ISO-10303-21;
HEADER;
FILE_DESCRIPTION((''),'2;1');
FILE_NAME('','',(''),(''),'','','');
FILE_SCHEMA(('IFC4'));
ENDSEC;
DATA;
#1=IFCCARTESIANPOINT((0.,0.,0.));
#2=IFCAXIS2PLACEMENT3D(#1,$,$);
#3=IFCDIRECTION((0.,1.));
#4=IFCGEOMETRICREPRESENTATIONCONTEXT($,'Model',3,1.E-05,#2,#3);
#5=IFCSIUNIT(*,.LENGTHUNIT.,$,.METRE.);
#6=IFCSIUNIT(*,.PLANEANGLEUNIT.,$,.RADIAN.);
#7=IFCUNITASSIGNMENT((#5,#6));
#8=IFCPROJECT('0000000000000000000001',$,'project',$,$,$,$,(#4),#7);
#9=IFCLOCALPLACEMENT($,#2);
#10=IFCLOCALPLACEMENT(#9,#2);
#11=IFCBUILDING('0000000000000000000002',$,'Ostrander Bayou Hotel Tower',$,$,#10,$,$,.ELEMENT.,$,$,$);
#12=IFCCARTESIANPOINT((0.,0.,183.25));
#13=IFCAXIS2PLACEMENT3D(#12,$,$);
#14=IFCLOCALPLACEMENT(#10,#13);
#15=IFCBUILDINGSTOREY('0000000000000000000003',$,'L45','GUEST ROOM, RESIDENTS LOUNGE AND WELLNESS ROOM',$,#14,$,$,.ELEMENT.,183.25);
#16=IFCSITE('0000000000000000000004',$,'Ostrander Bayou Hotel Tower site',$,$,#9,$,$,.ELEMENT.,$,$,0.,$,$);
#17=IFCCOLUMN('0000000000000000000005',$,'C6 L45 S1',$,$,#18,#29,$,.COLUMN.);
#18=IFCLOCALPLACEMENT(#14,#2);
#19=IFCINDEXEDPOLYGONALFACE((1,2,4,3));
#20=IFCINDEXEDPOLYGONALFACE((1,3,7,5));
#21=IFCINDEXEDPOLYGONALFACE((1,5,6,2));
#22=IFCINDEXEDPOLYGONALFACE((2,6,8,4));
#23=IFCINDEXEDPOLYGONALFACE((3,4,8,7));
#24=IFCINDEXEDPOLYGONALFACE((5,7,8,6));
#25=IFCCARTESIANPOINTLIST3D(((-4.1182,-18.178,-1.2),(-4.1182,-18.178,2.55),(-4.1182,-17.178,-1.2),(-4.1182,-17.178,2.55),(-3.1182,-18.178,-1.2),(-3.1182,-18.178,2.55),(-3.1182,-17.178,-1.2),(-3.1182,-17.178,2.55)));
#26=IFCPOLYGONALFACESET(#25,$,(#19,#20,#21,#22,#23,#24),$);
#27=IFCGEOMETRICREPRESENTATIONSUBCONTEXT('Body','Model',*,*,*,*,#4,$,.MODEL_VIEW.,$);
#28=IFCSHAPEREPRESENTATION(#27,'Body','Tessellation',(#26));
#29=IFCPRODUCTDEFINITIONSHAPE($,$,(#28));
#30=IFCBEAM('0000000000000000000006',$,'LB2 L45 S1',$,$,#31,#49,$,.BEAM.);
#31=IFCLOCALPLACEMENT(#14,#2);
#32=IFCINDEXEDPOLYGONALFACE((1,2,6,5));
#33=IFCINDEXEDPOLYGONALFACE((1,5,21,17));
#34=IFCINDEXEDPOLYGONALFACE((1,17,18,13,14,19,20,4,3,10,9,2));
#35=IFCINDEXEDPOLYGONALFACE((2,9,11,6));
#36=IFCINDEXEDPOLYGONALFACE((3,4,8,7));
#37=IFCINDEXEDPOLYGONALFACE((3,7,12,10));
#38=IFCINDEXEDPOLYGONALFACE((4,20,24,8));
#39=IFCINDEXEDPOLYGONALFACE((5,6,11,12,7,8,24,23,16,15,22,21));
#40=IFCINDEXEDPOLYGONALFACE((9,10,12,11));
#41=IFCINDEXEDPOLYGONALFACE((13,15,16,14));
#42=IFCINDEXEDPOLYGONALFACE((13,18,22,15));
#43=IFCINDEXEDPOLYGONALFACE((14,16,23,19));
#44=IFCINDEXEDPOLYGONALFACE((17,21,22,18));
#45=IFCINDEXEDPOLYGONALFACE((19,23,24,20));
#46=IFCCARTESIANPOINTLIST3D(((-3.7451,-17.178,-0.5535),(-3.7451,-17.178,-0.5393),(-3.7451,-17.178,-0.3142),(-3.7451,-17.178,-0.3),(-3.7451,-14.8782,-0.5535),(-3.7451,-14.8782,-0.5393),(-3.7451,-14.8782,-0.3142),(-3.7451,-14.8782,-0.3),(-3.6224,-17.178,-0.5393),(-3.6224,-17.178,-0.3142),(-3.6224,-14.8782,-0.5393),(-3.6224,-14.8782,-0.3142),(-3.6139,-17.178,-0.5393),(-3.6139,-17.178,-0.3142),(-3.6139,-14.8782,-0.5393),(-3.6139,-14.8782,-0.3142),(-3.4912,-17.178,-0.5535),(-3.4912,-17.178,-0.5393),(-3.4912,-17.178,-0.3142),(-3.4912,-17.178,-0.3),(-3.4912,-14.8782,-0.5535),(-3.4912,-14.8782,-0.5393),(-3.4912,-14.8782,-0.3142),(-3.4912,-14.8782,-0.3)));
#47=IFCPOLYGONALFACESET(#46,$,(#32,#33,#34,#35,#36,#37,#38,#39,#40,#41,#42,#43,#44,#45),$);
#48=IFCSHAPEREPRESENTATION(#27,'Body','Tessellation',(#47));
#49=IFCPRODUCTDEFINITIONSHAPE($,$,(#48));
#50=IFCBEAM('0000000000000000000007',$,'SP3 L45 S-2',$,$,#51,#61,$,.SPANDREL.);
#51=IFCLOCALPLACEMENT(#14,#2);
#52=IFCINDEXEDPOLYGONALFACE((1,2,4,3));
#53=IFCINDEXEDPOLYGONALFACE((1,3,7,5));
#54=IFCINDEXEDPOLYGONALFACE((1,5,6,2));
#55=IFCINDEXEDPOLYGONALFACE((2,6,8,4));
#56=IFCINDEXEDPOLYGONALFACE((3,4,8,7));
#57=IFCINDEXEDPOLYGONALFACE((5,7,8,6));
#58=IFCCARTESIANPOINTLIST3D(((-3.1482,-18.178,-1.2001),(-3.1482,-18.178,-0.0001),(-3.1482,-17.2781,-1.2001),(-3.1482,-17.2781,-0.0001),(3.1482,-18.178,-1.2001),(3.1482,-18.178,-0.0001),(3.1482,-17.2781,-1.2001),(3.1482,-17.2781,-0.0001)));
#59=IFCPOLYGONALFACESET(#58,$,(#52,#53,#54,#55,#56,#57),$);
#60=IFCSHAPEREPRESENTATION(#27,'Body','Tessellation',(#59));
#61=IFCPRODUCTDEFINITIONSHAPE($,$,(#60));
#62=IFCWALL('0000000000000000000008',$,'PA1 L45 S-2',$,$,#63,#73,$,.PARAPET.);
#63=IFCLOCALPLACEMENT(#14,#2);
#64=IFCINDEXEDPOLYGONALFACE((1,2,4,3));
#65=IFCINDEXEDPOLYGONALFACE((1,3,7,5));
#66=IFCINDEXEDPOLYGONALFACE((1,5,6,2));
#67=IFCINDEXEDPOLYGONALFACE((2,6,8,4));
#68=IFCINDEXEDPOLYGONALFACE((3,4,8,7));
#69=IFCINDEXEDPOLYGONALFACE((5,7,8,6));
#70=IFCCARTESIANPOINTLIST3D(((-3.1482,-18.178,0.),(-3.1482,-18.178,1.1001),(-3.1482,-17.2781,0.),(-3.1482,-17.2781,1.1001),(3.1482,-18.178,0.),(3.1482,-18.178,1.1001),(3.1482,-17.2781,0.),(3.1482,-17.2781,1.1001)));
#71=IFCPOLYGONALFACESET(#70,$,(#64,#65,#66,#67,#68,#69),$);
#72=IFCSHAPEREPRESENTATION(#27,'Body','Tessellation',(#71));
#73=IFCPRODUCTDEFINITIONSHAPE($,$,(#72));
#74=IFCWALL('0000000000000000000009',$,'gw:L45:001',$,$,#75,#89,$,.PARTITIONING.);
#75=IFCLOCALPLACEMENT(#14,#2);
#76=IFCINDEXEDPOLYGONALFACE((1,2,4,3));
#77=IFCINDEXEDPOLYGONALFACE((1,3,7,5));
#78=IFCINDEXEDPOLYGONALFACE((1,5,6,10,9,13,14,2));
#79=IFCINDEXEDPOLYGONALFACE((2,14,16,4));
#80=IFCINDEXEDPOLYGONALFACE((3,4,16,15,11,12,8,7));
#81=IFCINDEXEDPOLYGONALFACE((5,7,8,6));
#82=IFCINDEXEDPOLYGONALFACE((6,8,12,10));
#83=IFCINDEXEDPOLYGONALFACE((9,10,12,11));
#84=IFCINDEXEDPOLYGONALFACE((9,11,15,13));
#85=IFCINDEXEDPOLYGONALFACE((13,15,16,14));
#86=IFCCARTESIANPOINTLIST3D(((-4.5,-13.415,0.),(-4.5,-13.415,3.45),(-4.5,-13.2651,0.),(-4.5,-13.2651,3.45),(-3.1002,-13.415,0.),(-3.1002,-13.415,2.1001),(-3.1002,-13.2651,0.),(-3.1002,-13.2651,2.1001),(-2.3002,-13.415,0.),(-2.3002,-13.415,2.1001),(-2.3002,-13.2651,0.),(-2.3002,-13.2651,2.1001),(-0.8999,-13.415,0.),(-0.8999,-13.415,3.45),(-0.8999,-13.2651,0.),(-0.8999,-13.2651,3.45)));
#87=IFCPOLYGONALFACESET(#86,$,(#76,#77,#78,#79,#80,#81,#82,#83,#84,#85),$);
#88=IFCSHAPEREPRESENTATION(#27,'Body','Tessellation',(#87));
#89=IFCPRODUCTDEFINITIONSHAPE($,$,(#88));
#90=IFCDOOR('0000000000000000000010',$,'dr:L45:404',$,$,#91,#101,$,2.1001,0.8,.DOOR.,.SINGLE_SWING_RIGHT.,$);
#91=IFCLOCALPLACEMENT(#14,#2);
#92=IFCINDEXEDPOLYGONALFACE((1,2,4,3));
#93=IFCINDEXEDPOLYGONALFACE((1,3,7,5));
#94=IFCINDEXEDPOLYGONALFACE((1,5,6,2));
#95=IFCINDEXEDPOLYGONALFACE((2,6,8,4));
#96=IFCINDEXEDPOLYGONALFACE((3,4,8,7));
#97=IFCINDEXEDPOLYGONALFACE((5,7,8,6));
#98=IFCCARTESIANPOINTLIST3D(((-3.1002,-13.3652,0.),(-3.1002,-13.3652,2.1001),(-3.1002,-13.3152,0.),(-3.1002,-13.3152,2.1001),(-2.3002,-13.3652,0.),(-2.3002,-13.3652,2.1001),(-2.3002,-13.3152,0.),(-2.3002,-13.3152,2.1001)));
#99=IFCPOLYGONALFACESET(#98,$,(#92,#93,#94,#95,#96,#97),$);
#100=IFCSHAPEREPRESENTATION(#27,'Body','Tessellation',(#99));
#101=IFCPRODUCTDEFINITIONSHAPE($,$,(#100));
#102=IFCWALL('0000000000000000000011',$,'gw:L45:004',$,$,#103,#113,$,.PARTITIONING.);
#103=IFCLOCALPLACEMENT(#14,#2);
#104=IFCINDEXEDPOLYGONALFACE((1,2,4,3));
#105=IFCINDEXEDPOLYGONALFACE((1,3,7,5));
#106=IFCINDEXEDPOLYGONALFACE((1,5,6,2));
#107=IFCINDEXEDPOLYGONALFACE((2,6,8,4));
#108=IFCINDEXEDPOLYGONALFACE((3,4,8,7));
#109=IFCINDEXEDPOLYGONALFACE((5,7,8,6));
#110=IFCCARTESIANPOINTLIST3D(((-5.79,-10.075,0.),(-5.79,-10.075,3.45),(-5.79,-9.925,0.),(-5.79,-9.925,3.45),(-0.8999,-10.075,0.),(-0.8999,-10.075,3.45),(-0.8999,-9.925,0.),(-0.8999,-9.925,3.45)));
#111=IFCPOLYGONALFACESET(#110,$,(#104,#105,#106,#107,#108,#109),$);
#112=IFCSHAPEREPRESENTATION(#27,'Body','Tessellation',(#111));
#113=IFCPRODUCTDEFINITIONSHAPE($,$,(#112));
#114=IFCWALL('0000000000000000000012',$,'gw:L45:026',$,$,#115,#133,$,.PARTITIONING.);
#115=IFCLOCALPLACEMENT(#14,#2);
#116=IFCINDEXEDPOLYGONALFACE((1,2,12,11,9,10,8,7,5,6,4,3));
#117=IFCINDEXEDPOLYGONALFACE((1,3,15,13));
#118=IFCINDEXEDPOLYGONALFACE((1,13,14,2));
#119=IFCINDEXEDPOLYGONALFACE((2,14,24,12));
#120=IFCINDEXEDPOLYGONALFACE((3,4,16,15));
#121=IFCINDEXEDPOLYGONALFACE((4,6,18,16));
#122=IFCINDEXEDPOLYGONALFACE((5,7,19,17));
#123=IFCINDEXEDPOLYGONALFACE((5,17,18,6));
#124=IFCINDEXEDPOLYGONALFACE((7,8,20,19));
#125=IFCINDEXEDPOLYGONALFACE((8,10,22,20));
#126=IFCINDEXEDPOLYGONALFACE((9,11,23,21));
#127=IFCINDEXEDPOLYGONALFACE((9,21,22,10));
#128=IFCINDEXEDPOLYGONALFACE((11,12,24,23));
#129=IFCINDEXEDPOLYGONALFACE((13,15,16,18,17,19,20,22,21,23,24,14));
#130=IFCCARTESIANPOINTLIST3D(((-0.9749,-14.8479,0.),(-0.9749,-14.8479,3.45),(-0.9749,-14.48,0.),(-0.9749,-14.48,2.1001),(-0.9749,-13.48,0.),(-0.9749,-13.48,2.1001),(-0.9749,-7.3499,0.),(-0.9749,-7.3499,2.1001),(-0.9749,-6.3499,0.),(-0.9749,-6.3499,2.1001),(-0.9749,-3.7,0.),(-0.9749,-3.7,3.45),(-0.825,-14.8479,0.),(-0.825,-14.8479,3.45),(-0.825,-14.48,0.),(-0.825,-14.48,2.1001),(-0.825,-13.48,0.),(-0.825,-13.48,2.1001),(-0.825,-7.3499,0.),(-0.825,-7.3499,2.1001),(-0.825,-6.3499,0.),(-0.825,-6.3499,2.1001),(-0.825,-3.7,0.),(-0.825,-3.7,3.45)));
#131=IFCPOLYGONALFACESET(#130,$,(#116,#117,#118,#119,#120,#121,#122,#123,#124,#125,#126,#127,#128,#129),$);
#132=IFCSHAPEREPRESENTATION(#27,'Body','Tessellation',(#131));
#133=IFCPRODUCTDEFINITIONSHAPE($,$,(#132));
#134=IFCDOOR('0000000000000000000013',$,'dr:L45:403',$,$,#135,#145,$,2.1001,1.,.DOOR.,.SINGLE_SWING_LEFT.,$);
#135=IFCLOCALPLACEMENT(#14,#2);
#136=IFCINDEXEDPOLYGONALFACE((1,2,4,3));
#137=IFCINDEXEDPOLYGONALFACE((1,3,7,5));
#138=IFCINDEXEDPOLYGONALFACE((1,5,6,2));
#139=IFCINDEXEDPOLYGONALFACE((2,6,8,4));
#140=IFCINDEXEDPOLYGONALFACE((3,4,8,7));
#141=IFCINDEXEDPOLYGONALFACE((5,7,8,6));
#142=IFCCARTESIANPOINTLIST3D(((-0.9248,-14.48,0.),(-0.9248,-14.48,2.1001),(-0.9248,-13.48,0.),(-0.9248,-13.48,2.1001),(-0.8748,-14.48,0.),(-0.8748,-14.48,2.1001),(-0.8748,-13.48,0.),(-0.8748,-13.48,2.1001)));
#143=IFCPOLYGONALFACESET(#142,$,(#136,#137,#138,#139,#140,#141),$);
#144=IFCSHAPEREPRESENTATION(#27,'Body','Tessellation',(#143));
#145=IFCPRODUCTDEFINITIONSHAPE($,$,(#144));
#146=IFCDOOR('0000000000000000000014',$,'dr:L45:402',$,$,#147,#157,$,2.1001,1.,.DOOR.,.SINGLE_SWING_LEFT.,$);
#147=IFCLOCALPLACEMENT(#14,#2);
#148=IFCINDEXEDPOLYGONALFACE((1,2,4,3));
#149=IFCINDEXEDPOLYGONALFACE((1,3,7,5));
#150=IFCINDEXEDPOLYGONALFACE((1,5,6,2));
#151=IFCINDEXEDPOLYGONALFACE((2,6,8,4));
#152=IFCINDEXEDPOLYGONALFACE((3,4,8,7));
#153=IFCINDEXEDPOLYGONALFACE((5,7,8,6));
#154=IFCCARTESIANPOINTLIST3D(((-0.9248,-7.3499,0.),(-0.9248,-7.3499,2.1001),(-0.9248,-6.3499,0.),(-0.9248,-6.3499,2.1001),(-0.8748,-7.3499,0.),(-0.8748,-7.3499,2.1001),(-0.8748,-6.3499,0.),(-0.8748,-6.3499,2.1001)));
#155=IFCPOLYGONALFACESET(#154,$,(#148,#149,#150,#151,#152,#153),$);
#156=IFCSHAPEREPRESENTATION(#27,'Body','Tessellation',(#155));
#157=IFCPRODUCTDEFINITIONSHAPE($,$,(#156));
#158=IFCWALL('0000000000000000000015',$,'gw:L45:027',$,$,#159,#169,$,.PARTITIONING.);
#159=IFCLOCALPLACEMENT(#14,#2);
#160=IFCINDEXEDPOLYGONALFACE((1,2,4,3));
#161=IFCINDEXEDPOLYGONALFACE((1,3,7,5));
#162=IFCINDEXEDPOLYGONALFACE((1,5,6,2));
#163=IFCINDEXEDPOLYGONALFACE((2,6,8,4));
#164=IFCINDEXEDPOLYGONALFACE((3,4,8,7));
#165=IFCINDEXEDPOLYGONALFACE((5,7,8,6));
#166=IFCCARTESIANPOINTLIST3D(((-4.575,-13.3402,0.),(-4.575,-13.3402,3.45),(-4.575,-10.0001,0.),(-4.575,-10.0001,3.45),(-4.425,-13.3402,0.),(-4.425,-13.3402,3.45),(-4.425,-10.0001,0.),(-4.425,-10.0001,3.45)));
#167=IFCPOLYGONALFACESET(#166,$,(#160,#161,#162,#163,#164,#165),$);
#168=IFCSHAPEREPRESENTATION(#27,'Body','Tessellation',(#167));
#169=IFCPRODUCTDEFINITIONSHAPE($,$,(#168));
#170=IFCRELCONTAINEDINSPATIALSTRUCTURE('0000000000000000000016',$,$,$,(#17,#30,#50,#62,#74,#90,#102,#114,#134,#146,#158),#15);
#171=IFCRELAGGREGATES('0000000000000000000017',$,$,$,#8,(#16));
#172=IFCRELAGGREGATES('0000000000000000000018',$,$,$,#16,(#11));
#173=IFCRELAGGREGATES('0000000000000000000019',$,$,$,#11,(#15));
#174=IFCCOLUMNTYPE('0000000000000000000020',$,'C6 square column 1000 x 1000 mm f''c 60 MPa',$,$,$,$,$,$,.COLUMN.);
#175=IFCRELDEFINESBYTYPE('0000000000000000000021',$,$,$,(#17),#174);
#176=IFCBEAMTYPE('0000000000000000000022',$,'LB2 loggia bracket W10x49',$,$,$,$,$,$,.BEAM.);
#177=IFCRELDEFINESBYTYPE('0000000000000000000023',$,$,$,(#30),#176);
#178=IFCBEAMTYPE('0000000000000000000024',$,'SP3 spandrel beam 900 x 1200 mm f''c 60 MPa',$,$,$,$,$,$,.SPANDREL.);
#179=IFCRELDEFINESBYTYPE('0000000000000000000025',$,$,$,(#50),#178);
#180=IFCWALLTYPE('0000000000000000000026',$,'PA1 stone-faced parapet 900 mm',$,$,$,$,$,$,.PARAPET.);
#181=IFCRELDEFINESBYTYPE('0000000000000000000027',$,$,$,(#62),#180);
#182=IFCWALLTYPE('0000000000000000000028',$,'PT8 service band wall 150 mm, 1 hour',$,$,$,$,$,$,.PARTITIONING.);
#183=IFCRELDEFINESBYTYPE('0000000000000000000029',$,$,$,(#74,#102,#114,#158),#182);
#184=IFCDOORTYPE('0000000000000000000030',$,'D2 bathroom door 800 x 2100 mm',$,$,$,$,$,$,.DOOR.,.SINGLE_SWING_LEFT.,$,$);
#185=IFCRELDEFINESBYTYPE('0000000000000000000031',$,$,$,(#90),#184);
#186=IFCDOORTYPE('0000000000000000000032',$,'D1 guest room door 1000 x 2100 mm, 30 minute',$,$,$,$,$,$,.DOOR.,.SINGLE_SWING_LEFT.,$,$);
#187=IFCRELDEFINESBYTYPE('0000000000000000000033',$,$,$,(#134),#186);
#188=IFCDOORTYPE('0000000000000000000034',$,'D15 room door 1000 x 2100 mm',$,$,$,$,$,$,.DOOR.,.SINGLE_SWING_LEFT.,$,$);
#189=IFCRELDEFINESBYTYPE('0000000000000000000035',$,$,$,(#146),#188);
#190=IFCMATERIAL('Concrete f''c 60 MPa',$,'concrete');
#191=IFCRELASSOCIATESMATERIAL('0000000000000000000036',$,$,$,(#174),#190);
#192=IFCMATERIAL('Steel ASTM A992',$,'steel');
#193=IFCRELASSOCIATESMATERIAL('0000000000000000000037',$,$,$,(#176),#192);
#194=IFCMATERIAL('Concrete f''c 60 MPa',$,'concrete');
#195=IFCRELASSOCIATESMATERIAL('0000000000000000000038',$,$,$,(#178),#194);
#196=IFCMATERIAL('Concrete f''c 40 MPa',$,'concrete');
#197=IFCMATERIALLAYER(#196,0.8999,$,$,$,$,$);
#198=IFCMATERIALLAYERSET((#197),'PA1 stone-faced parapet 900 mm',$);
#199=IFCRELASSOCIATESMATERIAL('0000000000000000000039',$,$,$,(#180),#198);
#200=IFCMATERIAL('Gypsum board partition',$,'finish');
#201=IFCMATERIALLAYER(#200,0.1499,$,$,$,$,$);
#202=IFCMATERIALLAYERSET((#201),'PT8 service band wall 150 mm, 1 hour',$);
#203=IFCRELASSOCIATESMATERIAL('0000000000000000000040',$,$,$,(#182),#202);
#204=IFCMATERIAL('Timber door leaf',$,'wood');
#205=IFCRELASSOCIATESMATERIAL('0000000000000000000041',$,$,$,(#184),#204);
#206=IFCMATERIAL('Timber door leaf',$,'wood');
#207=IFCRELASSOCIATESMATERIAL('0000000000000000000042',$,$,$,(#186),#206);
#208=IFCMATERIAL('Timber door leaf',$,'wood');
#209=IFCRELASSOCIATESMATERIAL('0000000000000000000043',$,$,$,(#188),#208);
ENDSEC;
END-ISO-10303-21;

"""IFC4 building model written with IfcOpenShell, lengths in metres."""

from ifc_helpers import new_model, si_unit, direction, frame, frame_2d, origin, origin_2d, place, context, subcontext, project, spatial, rectangle, i_section, extrude, material, layer, layer_set, material_profile, profile_set, type_object, element, fill, save


model = new_model("IFC4")

# Units and contexts
model_context = context("Model", 3, precision=1e-05, world=origin(), true_north=direction((0.0, 1.0)))
body_context = subcontext(model_context, "Body", "Model", "MODEL_VIEW")
ifc_project = project(units=[si_unit("LENGTHUNIT", "METRE"), si_unit("PLANEANGLEUNIT", "RADIAN")], contexts=[model_context])

# Site, building, storey
site_placement = place(None, origin())
site = spatial("IfcSite", under=ifc_project, at=site_placement, Name="Ostrander Bayou Hotel Tower site", CompositionType="ELEMENT", RefElevation=0.0)
building_placement = place(site_placement, origin())
building = spatial("IfcBuilding", under=site, at=building_placement, Name="Ostrander Bayou Hotel Tower", CompositionType="ELEMENT")
storey_placement = place(building_placement, frame((0.0, 0.0, 183.25)))
storey = spatial("IfcBuildingStorey", under=building, at=storey_placement, Name="L45", Description="GUEST ROOM, RESIDENTS LOUNGE AND WELLNESS ROOM", CompositionType="ELEMENT", Elevation=183.25)

# Column
ifc_material_1 = material(Name="Concrete f'c 60 MPa", Category="concrete")
ifc_material_profile_1 = material_profile(ifc_material_1, rectangle(XDim=1.0, YDim=1.0, at=origin_2d()))
ifc_profile_set_1 = profile_set([ifc_material_profile_1], Name="Concrete f'c 60 MPa")
column_type = type_object("IfcColumnType", Name="C6 square column 1000 x 1000 mm f'c 60 MPa", PredefinedType="COLUMN", material=ifc_profile_set_1)
column_placement = place(storey_placement, frame((-3.6182, -17.678, -1.2), z_axis=(0.0, 0.0, 1.0), x_axis=(-1.0, 0.0, 0.0)))
element("IfcColumn", 1, at=column_placement, inside=storey, type_object=column_type, Name="C6 L45 S1", PredefinedType="COLUMN", context=body_context, shape_type="SweptSolid", body=[
    extrude(rectangle(XDim=1.0, YDim=1.0, at=origin_2d()), origin(), (0.0, 0.0, 1.0), 3.75),
])

# Beams
ifc_material_2 = material(Name="Steel ASTM A992", Category="steel")
ifc_material_profile_2 = material_profile(ifc_material_2, i_section(OverallWidth=0.2539, OverallDepth=0.2534, WebThickness=0.0085, FlangeThickness=0.0142, at=origin_2d()))
ifc_profile_set_2 = profile_set([ifc_material_profile_2], Name="Steel ASTM A992")
beam_type_1 = type_object("IfcBeamType", Name="LB2 loggia bracket W10x49", PredefinedType="BEAM", material=ifc_profile_set_2)
beam_1_placement = place(storey_placement, frame((-3.6182, -17.178, -0.4268), z_axis=(0.0, 1.0, 0.0), x_axis=(-1.0, 0.0, 0.0)))
element("IfcBeam", 2, at=beam_1_placement, inside=storey, type_object=beam_type_1, Name="LB2 L45 S1", PredefinedType="BEAM", context=body_context, shape_type="SweptSolid", body=[
    extrude(i_section(OverallWidth=0.2539, OverallDepth=0.2534, WebThickness=0.0085, FlangeThickness=0.0142, at=origin_2d()), origin(), (0.0, 0.0, 1.0), 2.2998),
])
ifc_material_3 = material(Name="Concrete f'c 60 MPa", Category="concrete")
ifc_material_profile_3 = material_profile(ifc_material_3, rectangle(XDim=0.8999, YDim=1.2, at=origin_2d()))
ifc_profile_set_3 = profile_set([ifc_material_profile_3], Name="Concrete f'c 60 MPa")
beam_type_2 = type_object("IfcBeamType", Name="SP3 spandrel beam 900 x 1200 mm f'c 60 MPa", PredefinedType="SPANDREL", material=ifc_profile_set_3)
beam_2_placement = place(storey_placement, frame((-3.1482, -17.728, -0.6001), z_axis=(1.0, 0.0, 0.0), x_axis=(0.0, 1.0, 0.0)))
element("IfcBeam", 3, at=beam_2_placement, inside=storey, type_object=beam_type_2, Name="SP3 L45 S-2", PredefinedType="SPANDREL", context=body_context, shape_type="SweptSolid", body=[
    extrude(rectangle(XDim=0.8999, YDim=1.2, at=origin_2d()), origin(), (0.0, 0.0, 1.0), 6.2964),
])

# Wall
ifc_material_4 = material(Name="Concrete f'c 40 MPa", Category="concrete")
ifc_layer_1 = layer(ifc_material_4, 0.8999)
ifc_layer_set_1 = layer_set([ifc_layer_1], Name="PA1 stone-faced parapet 900 mm")
wall_type_1 = type_object("IfcWallType", Name="PA1 stone-faced parapet 900 mm", PredefinedType="PARAPET", material=ifc_layer_set_1)
wall_1_placement = place(storey_placement, frame((-3.1482, -17.728, 0.0), z_axis=(0.0, 0.0, 1.0), x_axis=(1.0, 0.0, 0.0)))
element("IfcWall", 4, at=wall_1_placement, inside=storey, type_object=wall_type_1, Name="PA1 L45 S-2", PredefinedType="PARAPET", context=body_context, shape_type="SweptSolid", body=[
    extrude(rectangle(XDim=6.2964, YDim=0.8999, at=frame_2d((3.1482, 0.0))), origin(), (0.0, 0.0, 1.0), 1.1001),
])

# Wall, opening, door
ifc_material_5 = material(Name="Gypsum board partition", Category="finish")
ifc_layer_2 = layer(ifc_material_5, 0.1499)
ifc_layer_set_2 = layer_set([ifc_layer_2], Name="PT8 service band wall 150 mm, 1 hour")
wall_type_2 = type_object("IfcWallType", Name="PT8 service band wall 150 mm, 1 hour", PredefinedType="PARTITIONING", material=ifc_layer_set_2)
wall_2_placement = place(storey_placement, frame((-4.5, -13.3401, 0.0), z_axis=(0.0, 0.0, 1.0), x_axis=(1.0, 0.0, 0.0)))
wall_2 = element("IfcWall", 5, at=wall_2_placement, inside=storey, type_object=wall_type_2, Name="gw:L45:001", PredefinedType="PARTITIONING", context=body_context, shape_type="SweptSolid", body=[
    extrude(rectangle(XDim=3.6001, YDim=0.1499, at=frame_2d((1.8, 0.0))), origin(), (0.0, 0.0, 1.0), 3.45),
])
opening_1_placement = place(wall_2_placement, frame((1.3999, 0.0, 0.0)))
opening_1 = element("IfcOpeningElement", 6, at=opening_1_placement, cuts=wall_2, PredefinedType="OPENING", context=body_context, shape_type="SweptSolid", body=[
    extrude(rectangle(XDim=0.8, YDim=2.1001, at=frame_2d((0.3999, 1.05))), frame((0.0, 0.075, 0.0), z_axis=(0.0, -1.0, 0.0), x_axis=(1.0, 0.0, 0.0)), (0.0, 0.0, 1.0), 0.1499),
])
ifc_material_6 = material(Name="Timber door leaf", Category="wood")
door_type_1 = type_object("IfcDoorType", Name="D2 bathroom door 800 x 2100 mm", OperationType="SINGLE_SWING_LEFT", PredefinedType="DOOR", material=ifc_material_6)
door_1_placement = place(opening_1_placement, origin())
door_1 = element("IfcDoor", 7, at=door_1_placement, inside=storey, type_object=door_type_1, Name="dr:L45:404", OperationType="SINGLE_SWING_RIGHT", OverallHeight=2.1001, OverallWidth=0.8, PredefinedType="DOOR", context=body_context, shape_type="SweptSolid", body=[
    extrude(rectangle(XDim=0.8, YDim=2.1001, at=frame_2d((0.3999, 1.05))), frame((0.0, 0.0249, 0.0), z_axis=(0.0, -1.0, 0.0), x_axis=(1.0, 0.0, 0.0)), (0.0, 0.0, 1.0), 0.05),
])
fill(opening_1, door_1)

# Wall
wall_3_placement = place(storey_placement, frame((-5.79, -10.0, 0.0), z_axis=(0.0, 0.0, 1.0), x_axis=(1.0, 0.0, 0.0)))
element("IfcWall", 8, at=wall_3_placement, inside=storey, type_object=wall_type_2, Name="gw:L45:004", PredefinedType="PARTITIONING", context=body_context, shape_type="SweptSolid", body=[
    extrude(rectangle(XDim=4.8901, YDim=0.1499, at=frame_2d((2.4451, 0.0))), origin(), (0.0, 0.0, 1.0), 3.45),
])

# Wall, openings, doors
wall_4_placement = place(storey_placement, frame((-0.8999, -14.8479, 0.0), z_axis=(0.0, 0.0, 1.0), x_axis=(0.0, 1.0, 0.0)))
wall_4 = element("IfcWall", 9, at=wall_4_placement, inside=storey, type_object=wall_type_2, Name="gw:L45:026", PredefinedType="PARTITIONING", context=body_context, shape_type="SweptSolid", body=[
    extrude(rectangle(XDim=11.1479, YDim=0.1499, at=frame_2d((5.574, 0.0))), origin(), (0.0, 0.0, 1.0), 3.45),
])
opening_2_placement = place(wall_4_placement, frame((7.498, 0.0, 0.0)))
opening_2 = element("IfcOpeningElement", 10, at=opening_2_placement, cuts=wall_4, PredefinedType="OPENING", context=body_context, shape_type="SweptSolid", body=[
    extrude(rectangle(XDim=1.0, YDim=2.1001, at=frame_2d((0.5, 1.05))), frame((0.0, 0.075, 0.0), z_axis=(0.0, -1.0, 0.0), x_axis=(1.0, 0.0, 0.0)), (0.0, 0.0, 1.0), 0.1499),
])
opening_3_placement = place(wall_4_placement, frame((0.3679, 0.0, 0.0)))
opening_3 = element("IfcOpeningElement", 11, at=opening_3_placement, cuts=wall_4, PredefinedType="OPENING", context=body_context, shape_type="SweptSolid", body=[
    extrude(rectangle(XDim=1.0, YDim=2.1001, at=frame_2d((0.5, 1.05))), frame((0.0, 0.075, 0.0), z_axis=(0.0, -1.0, 0.0), x_axis=(1.0, 0.0, 0.0)), (0.0, 0.0, 1.0), 0.1499),
])
ifc_material_7 = material(Name="Timber door leaf", Category="wood")
door_type_2 = type_object("IfcDoorType", Name="D1 guest room door 1000 x 2100 mm, 30 minute", OperationType="SINGLE_SWING_LEFT", PredefinedType="DOOR", material=ifc_material_7)
door_2_placement = place(opening_3_placement, origin())
door_2 = element("IfcDoor", 12, at=door_2_placement, inside=storey, type_object=door_type_2, Name="dr:L45:403", OperationType="SINGLE_SWING_LEFT", OverallHeight=2.1001, OverallWidth=1.0, PredefinedType="DOOR", context=body_context, shape_type="SweptSolid", body=[
    extrude(rectangle(XDim=1.0, YDim=2.1001, at=frame_2d((0.5, 1.05))), frame((0.0, 0.0249, 0.0), z_axis=(0.0, -1.0, 0.0), x_axis=(1.0, 0.0, 0.0)), (0.0, 0.0, 1.0), 0.05),
])
fill(opening_3, door_2)
ifc_material_8 = material(Name="Timber door leaf", Category="wood")
door_type_3 = type_object("IfcDoorType", Name="D15 room door 1000 x 2100 mm", OperationType="SINGLE_SWING_LEFT", PredefinedType="DOOR", material=ifc_material_8)
door_3_placement = place(opening_2_placement, origin())
door_3 = element("IfcDoor", 13, at=door_3_placement, inside=storey, type_object=door_type_3, Name="dr:L45:402", OperationType="SINGLE_SWING_LEFT", OverallHeight=2.1001, OverallWidth=1.0, PredefinedType="DOOR", context=body_context, shape_type="SweptSolid", body=[
    extrude(rectangle(XDim=1.0, YDim=2.1001, at=frame_2d((0.5, 1.05))), frame((0.0, 0.0249, 0.0), z_axis=(0.0, -1.0, 0.0), x_axis=(1.0, 0.0, 0.0)), (0.0, 0.0, 1.0), 0.05),
])
fill(opening_2, door_3)

# Wall
wall_5_placement = place(storey_placement, frame((-4.5, -13.3401, 0.0), z_axis=(0.0, 0.0, 1.0), x_axis=(0.0, 1.0, 0.0)))
element("IfcWall", 14, at=wall_5_placement, inside=storey, type_object=wall_type_2, Name="gw:L45:027", PredefinedType="PARTITIONING", context=body_context, shape_type="SweptSolid", body=[
    extrude(rectangle(XDim=3.3401, YDim=0.1499, at=frame_2d((1.6699, 0.0))), origin(), (0.0, 0.0, 1.0), 3.45),
])

save(model, "model.ifc")
